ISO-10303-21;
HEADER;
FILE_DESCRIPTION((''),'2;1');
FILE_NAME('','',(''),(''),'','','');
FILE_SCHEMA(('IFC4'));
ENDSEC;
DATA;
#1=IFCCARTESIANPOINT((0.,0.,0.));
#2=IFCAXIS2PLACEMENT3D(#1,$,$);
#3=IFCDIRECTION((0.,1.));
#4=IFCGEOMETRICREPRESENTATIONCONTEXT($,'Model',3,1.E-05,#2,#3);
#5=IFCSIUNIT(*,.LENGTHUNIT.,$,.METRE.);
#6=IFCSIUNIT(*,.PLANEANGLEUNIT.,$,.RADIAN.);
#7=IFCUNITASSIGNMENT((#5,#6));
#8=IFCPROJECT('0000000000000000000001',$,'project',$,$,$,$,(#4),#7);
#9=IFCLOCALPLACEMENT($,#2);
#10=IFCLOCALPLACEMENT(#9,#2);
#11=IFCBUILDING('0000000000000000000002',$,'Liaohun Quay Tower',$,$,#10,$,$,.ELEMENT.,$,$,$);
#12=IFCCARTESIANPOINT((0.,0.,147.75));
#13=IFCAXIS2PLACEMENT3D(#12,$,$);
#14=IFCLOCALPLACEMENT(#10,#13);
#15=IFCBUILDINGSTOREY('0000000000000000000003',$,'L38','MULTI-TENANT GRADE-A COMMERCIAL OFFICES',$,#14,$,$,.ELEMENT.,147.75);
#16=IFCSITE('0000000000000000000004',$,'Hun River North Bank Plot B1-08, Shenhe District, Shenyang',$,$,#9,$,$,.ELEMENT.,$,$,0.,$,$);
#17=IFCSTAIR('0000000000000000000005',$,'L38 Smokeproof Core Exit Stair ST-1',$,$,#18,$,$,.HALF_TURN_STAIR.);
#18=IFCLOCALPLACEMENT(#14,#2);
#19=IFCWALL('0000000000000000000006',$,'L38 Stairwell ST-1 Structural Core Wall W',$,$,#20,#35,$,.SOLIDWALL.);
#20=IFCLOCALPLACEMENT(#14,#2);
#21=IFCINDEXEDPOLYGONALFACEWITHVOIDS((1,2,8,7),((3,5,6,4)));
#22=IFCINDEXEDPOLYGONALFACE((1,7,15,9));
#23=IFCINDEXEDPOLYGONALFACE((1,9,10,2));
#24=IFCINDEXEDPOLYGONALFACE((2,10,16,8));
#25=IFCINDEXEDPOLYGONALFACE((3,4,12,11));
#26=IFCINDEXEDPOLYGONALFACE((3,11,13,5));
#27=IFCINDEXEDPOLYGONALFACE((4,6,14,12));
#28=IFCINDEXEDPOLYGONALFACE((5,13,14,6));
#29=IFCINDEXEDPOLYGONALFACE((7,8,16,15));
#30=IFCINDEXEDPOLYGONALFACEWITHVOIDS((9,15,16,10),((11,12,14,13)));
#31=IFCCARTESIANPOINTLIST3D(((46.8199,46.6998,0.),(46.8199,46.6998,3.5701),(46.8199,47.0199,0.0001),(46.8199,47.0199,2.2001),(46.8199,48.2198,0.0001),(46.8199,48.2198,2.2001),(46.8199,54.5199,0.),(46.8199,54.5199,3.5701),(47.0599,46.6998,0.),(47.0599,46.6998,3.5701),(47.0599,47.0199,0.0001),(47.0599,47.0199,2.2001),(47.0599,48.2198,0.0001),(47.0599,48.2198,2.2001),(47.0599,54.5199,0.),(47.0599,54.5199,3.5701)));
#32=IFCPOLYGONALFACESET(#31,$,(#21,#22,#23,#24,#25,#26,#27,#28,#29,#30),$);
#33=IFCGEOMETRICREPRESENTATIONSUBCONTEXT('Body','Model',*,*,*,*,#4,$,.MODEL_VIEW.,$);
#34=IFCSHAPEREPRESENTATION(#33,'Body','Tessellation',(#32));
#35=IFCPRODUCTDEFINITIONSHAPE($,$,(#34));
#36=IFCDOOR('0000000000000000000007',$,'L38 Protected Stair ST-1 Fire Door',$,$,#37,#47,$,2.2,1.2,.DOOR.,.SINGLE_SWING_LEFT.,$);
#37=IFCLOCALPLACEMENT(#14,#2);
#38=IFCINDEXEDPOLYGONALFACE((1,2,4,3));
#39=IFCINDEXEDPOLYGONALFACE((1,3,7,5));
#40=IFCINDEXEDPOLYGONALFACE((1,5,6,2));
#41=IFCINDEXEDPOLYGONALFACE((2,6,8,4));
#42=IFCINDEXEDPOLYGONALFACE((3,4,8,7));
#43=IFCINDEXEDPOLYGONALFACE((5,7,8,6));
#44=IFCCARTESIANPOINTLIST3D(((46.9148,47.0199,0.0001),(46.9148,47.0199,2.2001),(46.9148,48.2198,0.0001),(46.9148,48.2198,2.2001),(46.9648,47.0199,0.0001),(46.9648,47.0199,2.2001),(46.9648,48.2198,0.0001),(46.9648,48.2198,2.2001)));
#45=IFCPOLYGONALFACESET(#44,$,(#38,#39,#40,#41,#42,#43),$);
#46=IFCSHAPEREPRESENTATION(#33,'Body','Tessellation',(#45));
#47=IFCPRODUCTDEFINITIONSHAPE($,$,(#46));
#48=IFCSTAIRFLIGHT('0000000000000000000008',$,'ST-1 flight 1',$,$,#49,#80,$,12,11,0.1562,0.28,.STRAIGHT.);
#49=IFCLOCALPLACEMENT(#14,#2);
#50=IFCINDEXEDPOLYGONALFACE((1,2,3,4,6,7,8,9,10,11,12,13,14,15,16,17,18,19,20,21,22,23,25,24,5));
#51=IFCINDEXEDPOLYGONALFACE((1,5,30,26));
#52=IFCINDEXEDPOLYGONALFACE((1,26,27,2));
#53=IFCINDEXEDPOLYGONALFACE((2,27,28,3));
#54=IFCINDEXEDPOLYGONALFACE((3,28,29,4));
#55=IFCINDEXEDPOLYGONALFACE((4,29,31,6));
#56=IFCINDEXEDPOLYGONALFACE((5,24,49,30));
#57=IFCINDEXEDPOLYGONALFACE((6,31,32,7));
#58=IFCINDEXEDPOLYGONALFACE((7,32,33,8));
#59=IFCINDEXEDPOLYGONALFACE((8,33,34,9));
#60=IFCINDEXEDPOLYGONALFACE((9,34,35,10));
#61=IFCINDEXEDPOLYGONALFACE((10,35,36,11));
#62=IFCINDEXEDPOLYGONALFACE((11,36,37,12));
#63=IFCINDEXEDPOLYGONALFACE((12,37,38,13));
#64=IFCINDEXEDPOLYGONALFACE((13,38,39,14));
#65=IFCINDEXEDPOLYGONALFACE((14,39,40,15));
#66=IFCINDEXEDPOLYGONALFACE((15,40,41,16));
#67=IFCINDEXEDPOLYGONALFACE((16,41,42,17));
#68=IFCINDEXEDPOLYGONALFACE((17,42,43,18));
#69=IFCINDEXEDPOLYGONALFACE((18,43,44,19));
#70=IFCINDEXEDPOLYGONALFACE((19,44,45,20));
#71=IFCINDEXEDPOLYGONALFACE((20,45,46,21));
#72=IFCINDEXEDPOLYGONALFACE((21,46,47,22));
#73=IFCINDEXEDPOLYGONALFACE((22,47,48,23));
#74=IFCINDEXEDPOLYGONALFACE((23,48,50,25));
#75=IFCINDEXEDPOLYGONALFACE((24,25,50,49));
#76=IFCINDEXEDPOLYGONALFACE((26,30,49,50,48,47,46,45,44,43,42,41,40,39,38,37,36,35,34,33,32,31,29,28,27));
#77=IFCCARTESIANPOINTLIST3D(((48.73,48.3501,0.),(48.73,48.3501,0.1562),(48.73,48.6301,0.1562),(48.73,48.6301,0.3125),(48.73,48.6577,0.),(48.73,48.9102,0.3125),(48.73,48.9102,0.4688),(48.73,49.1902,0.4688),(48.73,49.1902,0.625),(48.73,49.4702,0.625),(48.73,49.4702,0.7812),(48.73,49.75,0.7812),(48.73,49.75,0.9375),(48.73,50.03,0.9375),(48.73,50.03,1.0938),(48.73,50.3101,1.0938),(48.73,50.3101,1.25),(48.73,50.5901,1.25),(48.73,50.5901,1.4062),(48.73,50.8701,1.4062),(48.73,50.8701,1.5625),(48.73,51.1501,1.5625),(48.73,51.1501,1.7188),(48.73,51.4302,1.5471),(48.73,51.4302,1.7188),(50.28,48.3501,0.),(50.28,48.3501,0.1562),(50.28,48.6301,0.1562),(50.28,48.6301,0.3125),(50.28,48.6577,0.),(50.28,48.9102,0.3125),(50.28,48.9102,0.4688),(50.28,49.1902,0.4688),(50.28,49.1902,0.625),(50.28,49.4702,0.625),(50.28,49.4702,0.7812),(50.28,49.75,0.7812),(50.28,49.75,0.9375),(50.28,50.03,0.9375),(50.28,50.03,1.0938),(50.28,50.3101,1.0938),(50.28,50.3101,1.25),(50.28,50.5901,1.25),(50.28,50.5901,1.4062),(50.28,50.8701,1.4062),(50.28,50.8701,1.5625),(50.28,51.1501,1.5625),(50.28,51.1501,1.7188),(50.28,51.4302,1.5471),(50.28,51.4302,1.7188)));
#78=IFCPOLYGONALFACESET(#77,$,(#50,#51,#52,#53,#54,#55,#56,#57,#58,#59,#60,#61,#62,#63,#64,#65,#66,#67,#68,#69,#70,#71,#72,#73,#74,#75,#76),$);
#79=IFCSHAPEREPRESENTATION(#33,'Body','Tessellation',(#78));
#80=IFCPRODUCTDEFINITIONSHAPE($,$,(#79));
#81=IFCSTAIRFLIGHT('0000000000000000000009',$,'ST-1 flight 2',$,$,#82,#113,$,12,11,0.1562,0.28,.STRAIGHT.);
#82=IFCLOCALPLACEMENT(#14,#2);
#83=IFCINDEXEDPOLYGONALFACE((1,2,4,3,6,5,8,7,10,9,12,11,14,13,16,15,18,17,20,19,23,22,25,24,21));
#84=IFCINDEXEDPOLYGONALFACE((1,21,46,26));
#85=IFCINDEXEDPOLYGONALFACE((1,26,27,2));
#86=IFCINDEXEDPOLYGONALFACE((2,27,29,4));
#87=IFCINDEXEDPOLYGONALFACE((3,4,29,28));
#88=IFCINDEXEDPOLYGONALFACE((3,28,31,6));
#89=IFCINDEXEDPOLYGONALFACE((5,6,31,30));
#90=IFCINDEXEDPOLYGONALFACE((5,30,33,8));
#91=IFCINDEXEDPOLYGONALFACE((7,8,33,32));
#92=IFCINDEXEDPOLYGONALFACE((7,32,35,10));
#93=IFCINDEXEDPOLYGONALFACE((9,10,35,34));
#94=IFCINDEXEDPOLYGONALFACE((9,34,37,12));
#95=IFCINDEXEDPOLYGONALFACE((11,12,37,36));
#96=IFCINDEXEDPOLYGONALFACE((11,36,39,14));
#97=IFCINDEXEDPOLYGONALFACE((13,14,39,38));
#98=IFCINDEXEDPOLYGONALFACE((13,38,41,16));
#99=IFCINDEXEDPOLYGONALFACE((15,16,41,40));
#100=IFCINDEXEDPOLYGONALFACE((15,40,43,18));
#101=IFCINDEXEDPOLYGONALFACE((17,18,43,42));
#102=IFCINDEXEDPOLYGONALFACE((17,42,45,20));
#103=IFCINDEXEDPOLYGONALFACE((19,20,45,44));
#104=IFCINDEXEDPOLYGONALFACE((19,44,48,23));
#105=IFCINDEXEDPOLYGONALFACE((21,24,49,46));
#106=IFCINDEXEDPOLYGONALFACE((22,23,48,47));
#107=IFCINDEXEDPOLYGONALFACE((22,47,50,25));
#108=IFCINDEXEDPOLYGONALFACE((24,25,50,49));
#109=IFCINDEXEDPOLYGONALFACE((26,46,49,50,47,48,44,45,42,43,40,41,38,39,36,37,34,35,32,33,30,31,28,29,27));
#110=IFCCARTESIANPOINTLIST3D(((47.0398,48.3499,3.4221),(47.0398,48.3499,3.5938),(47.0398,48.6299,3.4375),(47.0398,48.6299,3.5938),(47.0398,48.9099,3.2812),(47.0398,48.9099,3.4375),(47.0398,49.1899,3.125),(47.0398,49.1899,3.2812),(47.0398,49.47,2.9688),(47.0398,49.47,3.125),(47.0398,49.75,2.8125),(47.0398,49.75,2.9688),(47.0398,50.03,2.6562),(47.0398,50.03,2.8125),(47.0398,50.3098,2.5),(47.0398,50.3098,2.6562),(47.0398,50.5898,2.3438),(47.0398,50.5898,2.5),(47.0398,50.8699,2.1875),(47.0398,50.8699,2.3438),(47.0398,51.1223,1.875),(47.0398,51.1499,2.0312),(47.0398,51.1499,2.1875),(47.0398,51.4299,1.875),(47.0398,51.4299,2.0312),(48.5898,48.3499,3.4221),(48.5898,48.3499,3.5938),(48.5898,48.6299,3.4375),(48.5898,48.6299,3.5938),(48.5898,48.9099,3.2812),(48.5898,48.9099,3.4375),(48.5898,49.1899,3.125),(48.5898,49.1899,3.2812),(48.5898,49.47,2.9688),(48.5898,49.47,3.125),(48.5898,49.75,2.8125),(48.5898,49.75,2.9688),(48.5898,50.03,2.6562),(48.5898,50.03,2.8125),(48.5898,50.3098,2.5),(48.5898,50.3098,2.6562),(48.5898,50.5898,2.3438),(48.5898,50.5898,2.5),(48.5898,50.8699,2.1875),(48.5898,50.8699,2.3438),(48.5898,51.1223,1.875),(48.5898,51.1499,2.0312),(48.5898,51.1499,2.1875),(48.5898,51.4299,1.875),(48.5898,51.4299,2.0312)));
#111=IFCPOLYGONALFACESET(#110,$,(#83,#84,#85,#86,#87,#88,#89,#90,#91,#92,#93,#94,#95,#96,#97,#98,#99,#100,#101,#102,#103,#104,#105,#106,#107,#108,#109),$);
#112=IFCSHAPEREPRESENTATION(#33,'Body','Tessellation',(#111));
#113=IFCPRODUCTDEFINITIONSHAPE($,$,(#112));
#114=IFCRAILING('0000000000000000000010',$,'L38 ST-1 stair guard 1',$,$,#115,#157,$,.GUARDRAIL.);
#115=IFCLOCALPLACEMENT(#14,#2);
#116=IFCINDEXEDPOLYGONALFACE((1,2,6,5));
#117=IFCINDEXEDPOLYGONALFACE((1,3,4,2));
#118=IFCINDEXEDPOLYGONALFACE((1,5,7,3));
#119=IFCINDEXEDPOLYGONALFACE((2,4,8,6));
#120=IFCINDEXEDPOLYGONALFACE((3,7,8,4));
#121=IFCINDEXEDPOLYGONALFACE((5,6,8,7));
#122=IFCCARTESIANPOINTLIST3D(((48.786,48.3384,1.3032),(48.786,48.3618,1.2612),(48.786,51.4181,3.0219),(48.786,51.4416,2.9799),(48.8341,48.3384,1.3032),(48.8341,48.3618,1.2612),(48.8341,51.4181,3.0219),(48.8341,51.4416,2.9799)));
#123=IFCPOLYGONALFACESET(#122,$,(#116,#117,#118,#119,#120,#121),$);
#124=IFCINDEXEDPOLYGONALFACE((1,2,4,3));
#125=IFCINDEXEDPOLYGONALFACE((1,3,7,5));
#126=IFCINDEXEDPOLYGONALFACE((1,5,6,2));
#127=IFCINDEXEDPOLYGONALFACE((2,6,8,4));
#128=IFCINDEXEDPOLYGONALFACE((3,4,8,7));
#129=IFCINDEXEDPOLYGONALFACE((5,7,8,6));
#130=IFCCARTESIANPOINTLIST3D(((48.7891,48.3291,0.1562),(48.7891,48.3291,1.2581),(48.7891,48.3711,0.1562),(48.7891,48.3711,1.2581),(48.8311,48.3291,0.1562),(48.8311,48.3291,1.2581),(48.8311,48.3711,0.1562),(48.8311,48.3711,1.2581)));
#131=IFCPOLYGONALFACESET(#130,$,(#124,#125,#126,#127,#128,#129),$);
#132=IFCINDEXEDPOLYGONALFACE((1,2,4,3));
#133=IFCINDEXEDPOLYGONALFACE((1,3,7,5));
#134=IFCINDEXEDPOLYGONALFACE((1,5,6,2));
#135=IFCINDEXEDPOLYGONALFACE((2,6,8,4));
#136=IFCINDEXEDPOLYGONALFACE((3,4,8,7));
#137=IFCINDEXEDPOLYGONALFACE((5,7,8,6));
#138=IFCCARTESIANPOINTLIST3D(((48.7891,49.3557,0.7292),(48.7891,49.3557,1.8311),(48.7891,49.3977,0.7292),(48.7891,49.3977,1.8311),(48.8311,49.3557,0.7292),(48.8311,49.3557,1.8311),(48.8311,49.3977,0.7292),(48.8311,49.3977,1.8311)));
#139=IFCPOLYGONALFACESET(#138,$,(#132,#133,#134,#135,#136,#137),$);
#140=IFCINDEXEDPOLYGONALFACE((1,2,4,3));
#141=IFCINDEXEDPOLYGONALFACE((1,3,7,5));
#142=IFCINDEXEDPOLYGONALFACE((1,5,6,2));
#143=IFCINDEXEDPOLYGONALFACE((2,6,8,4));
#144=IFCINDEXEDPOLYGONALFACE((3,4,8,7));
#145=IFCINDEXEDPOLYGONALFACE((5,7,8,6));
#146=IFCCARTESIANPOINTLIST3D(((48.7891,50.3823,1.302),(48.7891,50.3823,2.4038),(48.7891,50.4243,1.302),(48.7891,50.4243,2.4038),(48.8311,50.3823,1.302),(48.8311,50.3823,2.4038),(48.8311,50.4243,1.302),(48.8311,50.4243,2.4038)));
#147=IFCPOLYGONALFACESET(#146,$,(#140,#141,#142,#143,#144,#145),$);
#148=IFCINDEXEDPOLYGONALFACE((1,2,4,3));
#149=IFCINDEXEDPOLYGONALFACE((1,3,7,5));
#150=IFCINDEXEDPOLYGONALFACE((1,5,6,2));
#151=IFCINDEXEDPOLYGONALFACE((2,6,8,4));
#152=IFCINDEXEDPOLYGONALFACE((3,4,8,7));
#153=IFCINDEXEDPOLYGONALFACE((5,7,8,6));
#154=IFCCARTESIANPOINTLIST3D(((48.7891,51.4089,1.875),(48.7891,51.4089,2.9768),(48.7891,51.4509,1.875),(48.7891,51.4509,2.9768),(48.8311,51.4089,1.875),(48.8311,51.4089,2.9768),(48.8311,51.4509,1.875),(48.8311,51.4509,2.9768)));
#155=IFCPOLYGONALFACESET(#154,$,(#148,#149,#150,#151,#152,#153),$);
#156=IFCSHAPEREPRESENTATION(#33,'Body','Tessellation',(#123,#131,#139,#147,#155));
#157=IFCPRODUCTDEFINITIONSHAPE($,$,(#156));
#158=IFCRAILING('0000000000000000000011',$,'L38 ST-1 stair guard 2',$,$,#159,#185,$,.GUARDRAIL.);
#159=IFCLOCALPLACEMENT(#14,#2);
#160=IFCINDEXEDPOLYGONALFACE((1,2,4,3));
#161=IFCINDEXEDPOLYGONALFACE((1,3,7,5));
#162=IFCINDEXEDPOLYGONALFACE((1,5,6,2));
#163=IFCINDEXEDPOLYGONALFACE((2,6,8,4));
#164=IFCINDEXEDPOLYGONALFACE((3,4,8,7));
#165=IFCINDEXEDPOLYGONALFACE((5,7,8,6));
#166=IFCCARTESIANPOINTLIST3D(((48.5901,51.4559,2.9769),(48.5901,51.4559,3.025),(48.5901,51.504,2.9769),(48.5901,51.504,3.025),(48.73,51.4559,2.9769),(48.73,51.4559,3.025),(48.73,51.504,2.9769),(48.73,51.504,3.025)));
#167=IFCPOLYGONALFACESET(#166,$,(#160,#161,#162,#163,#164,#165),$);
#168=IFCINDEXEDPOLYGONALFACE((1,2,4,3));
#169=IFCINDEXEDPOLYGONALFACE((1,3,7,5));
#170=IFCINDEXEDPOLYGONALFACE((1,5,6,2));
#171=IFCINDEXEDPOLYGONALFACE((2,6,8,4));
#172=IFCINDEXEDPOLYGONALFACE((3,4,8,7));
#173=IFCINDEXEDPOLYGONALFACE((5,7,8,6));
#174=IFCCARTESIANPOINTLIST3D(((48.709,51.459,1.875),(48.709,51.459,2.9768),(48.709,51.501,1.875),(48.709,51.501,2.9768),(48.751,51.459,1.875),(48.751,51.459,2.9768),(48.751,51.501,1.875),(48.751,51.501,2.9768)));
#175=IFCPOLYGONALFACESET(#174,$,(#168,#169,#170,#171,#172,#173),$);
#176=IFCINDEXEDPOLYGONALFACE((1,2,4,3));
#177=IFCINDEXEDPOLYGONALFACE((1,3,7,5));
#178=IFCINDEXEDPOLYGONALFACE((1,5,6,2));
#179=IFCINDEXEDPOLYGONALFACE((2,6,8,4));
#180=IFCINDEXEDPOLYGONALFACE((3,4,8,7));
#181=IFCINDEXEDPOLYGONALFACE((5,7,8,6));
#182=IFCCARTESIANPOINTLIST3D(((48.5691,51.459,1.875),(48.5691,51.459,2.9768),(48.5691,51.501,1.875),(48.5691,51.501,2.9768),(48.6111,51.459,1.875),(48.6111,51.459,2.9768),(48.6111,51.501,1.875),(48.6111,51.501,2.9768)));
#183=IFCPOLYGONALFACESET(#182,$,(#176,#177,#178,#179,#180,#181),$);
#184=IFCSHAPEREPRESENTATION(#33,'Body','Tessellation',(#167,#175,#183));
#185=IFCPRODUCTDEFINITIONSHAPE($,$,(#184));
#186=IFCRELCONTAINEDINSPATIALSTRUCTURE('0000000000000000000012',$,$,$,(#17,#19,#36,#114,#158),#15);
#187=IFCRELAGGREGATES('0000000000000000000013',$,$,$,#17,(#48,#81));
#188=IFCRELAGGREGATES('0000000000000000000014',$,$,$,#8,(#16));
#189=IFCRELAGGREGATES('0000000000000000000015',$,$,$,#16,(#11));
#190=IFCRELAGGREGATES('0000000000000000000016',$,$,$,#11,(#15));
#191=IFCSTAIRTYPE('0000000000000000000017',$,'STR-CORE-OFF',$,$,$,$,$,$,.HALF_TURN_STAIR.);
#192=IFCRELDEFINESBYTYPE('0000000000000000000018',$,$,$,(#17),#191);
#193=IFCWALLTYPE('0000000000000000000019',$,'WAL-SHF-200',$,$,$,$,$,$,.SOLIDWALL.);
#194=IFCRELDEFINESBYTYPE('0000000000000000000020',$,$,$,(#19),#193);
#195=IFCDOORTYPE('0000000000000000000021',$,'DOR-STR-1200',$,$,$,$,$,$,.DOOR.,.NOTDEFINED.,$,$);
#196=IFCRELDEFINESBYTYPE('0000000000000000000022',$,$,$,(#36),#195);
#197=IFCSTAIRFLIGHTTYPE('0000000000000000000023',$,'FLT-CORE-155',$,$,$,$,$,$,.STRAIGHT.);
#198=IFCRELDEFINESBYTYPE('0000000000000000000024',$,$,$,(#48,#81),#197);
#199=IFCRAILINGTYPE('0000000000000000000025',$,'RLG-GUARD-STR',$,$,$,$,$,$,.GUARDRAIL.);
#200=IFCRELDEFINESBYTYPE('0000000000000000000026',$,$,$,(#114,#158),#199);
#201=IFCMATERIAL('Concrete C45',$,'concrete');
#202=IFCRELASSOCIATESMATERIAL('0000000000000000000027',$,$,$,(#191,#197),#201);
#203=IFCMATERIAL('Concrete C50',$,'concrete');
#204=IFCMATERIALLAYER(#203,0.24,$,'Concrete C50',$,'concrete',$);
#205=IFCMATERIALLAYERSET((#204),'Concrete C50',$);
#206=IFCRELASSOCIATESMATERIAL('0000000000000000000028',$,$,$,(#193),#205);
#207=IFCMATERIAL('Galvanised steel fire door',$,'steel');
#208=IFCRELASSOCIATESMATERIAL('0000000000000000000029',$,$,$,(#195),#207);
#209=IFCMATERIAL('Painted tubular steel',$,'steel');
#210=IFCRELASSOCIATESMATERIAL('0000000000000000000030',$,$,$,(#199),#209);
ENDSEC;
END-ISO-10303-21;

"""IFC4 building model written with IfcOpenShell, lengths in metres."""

from ifc_helpers import new_model, si_unit, direction, frame, frame_2d, origin, origin_2d, place, context, subcontext, project, spatial, polyline, rectangle, outline, extrude, source, transform, mapped, material, layer, layer_set, type_object, element, fill, aggregate, save


model = new_model("IFC4")

# Units and contexts
model_context = context("Model", 3, precision=1e-05, world=origin(), true_north=direction((0.0, 1.0)))
body_context = subcontext(model_context, "Body", "Model", "MODEL_VIEW")
ifc_project = project(units=[si_unit("LENGTHUNIT", "METRE"), si_unit("PLANEANGLEUNIT", "RADIAN")], contexts=[model_context])

# Site, building, storey
site_placement = place(None, origin())
site = spatial("IfcSite", under=ifc_project, at=site_placement, Name="Hun River North Bank Plot B1-08, Shenhe District, Shenyang", CompositionType="ELEMENT", RefElevation=0.0)
building_placement = place(site_placement, origin())
building = spatial("IfcBuilding", under=site, at=building_placement, Name="Liaohun Quay Tower", CompositionType="ELEMENT")
storey_placement = place(building_placement, frame((0.0, 0.0, 147.75)))
storey = spatial("IfcBuildingStorey", under=building, at=storey_placement, Name="L38", Description="MULTI-TENANT GRADE-A COMMERCIAL OFFICES", CompositionType="ELEMENT", Elevation=147.75)

# Stair
ifc_material_1 = material(Name="Concrete C45", Category="concrete")
stair_type = type_object("IfcStairType", Name="STR-CORE-OFF", PredefinedType="HALF_TURN_STAIR", material=ifc_material_1)
stair_1_placement = place(storey_placement, origin())
stair_1 = element("IfcStair", 1, at=stair_1_placement, inside=storey, type_object=stair_type, Name="L38 Smokeproof Core Exit Stair ST-1", PredefinedType="HALF_TURN_STAIR")

# Shared definitions
ifc_material_2 = material(Name="Concrete C50", Category="concrete")
ifc_layer_1 = layer(ifc_material_2, 0.24, Name="Concrete C50", Category="concrete")
ifc_layer_set_1 = layer_set([ifc_layer_1], Name="Concrete C50")
wall_type_1 = type_object("IfcWallType", Name="WAL-SHF-200", PredefinedType="SOLIDWALL", material=ifc_layer_set_1)

# Wall, opening, door
wall_1_placement = place(storey_placement, frame((46.9399, 54.52, 0.0), z_axis=(0.0, 0.0, 1.0), x_axis=(0.0, -1.0, 0.0)))
wall_1 = element("IfcWall", 2, at=wall_1_placement, inside=storey, type_object=wall_type_1, Name="L38 Stairwell ST-1 Structural Core Wall W", PredefinedType="SOLIDWALL", context=body_context, shape_type="SweptSolid", body=[
    extrude(rectangle(XDim=7.8201, YDim=0.24, at=frame_2d((3.9102, 0.0))), origin(), (0.0, 0.0, 1.0), 3.5701),
])
shared_shape_1 = source(origin(), body_context, "Body", "SweptSolid", [
    extrude(rectangle(XDim=1.2, YDim=2.2, at=frame_2d((0.6001, 1.1001))), frame((0.0, 0.1299, 0.0), z_axis=(0.0, -1.0, 0.0), x_axis=(1.0, 0.0, 0.0)), (0.0, 0.0, 1.0), 0.26),
])
opening_1_placement = place(wall_1_placement, frame((6.3, 0.0, 0.0)))
opening_1 = element("IfcOpeningElement", 3, at=opening_1_placement, cuts=wall_1, PredefinedType="OPENING", context=body_context, shape_type="MappedRepresentation", body=[
    mapped(shared_shape_1, transform((0.0, 0.0, 0.0), x_axis=(1.0, 0.0, 0.0), y_axis=(0.0, 1.0, 0.0), z_axis=(0.0, 0.0, 1.0), scale=1.0)),
])
ifc_material_3 = material(Name="Galvanised steel fire door", Category="steel")
door_type_1 = type_object("IfcDoorType", Name="DOR-STR-1200", OperationType="NOTDEFINED", PredefinedType="DOOR", material=ifc_material_3)
shared_shape_2 = source(origin(), body_context, "Body", "SweptSolid", [
    extrude(rectangle(XDim=1.2, YDim=2.2, at=frame_2d((0.6001, 1.1001))), frame((0.0, 0.0249, 0.0), z_axis=(0.0, -1.0, 0.0), x_axis=(1.0, 0.0, 0.0)), (0.0, 0.0, 1.0), 0.05),
])
door_1_placement = place(opening_1_placement, origin())
door_1 = element("IfcDoor", 4, at=door_1_placement, inside=storey, type_object=door_type_1, Name="L38 Protected Stair ST-1 Fire Door", OperationType="SINGLE_SWING_LEFT", OverallHeight=2.2, OverallWidth=1.2, PredefinedType="DOOR", context=body_context, shape_type="MappedRepresentation", body=[
    mapped(shared_shape_2, transform((0.0, 0.0, 0.0), x_axis=(1.0, 0.0, 0.0), y_axis=(0.0, 1.0, 0.0), z_axis=(0.0, 0.0, 1.0), scale=1.0)),
])
fill(opening_1, door_1)

# Stair flights
stair_flight_type = type_object("IfcStairFlightType", Name="FLT-CORE-155", PredefinedType="STRAIGHT", material=ifc_material_1)
stair_flight_1_placement = place(storey_placement, frame((49.5049, 48.3501, 0.0), z_axis=(0.0, 0.0, 1.0), x_axis=(0.0, 1.0, 0.0)))
stair_flight_1 = element("IfcStairFlight", 5, at=stair_flight_1_placement, type_object=stair_flight_type, Name="ST-1 flight 1", NumberOfRisers=12, NumberOfTreads=11, PredefinedType="STRAIGHT", RiserHeight=0.1562, TreadLength=0.28, context=body_context, shape_type="SweptSolid", body=[
    extrude(outline(polyline([(0.0, 0.0), (0.0, 0.1562), (0.28, 0.1562), (0.28, 0.3125), (0.5601, 0.3125), (0.5601, 0.4688), (0.8401, 0.4688), (0.8401, 0.625), (1.1201, 0.625), (1.1201, 0.7812), (1.3999, 0.7812), (1.3999, 0.9375), (1.6799, 0.9375), (1.6799, 1.0938), (1.96, 1.0938), (1.96, 1.25), (2.24, 1.25), (2.24, 1.4062), (2.52, 1.4062), (2.52, 1.5625), (2.8, 1.5625), (2.8, 1.7188), (3.0801, 1.7188), (3.0801, 1.875), (3.0801, 1.5471), (0.3076, 0.0), (0.0, 0.0)])), frame((0.0, 0.7749, 0.0), z_axis=(0.0, -1.0, 0.0), x_axis=(1.0, 0.0, 0.0)), (0.0, 0.0, 1.0), 1.55),
])
stair_flight_2_placement = place(storey_placement, frame((47.8149, 51.4299, 1.875), z_axis=(0.0, 0.0, 1.0), x_axis=(0.0, -1.0, 0.0)))
stair_flight_2 = element("IfcStairFlight", 6, at=stair_flight_2_placement, type_object=stair_flight_type, Name="ST-1 flight 2", NumberOfRisers=12, NumberOfTreads=11, PredefinedType="STRAIGHT", RiserHeight=0.1562, TreadLength=0.28, context=body_context, shape_type="SweptSolid", body=[
    extrude(outline(polyline([(0.0, 0.0), (0.0, 0.1562), (0.28, 0.1562), (0.28, 0.3125), (0.5601, 0.3125), (0.5601, 0.4688), (0.8401, 0.4688), (0.8401, 0.625), (1.1201, 0.625), (1.1201, 0.7812), (1.3999, 0.7812), (1.3999, 0.9375), (1.6799, 0.9375), (1.6799, 1.0938), (1.96, 1.0938), (1.96, 1.25), (2.24, 1.25), (2.24, 1.4062), (2.52, 1.4062), (2.52, 1.5625), (2.8, 1.5625), (2.8, 1.7188), (3.0801, 1.7188), (3.0801, 1.875), (3.0801, 1.5471), (0.3076, 0.0), (0.0, 0.0)])), frame((0.0, 0.7749, 0.0), z_axis=(0.0, -1.0, 0.0), x_axis=(1.0, 0.0, 0.0)), (0.0, 0.0, 1.0), 1.55),
])
aggregate(stair_1, [stair_flight_1, stair_flight_2])

# Railings
ifc_material_4 = material(Name="Painted tubular steel", Category="steel")
railing_type_1 = type_object("IfcRailingType", Name="RLG-GUARD-STR", PredefinedType="GUARDRAIL", material=ifc_material_4)
railing_1_placement = place(storey_placement, frame((48.8101, 48.3501, 0.1562)))
element("IfcRailing", 7, at=railing_1_placement, inside=storey, type_object=railing_type_1, Name="L38 ST-1 stair guard 1", PredefinedType="GUARDRAIL", context=body_context, shape_type="SweptSolid", body=[
    extrude(rectangle(XDim=0.0481, YDim=0.0481, at=origin_2d()), frame((0.0, 0.0, 1.126), z_axis=(0.0, 0.873225, 0.487317), x_axis=(-1.0, 0.0, 0.0)), (0.0, 0.0, 1.0), 3.5269),
    extrude(rectangle(XDim=0.042, YDim=0.042, at=origin_2d()), origin(), (0.0, 0.0, 1.0), 1.1018),
    extrude(rectangle(XDim=0.042, YDim=0.042, at=origin_2d()), frame((0.0, 1.0266, 0.573)), (0.0, 0.0, 1.0), 1.1018),
    extrude(rectangle(XDim=0.042, YDim=0.042, at=origin_2d()), frame((0.0, 2.0532, 1.1458)), (0.0, 0.0, 1.0), 1.1018),
    extrude(rectangle(XDim=0.042, YDim=0.042, at=origin_2d()), frame((0.0, 3.0798, 1.7188)), (0.0, 0.0, 1.0), 1.1018),
])
railing_2_placement = place(storey_placement, frame((48.73, 51.48, 1.875)))
element("IfcRailing", 8, at=railing_2_placement, inside=storey, type_object=railing_type_1, Name="L38 ST-1 stair guard 2", PredefinedType="GUARDRAIL", context=body_context, shape_type="SweptSolid", body=[
    extrude(rectangle(XDim=0.0481, YDim=0.0481, at=origin_2d()), frame((0.0, 0.0, 1.126), z_axis=(-1.0, 0.0, 0.0), x_axis=(0.0, -1.0, 0.0)), (0.0, 0.0, 1.0), 0.1399),
    extrude(rectangle(XDim=0.042, YDim=0.042, at=origin_2d()), origin(), (0.0, 0.0, 1.0), 1.1018),
    extrude(rectangle(XDim=0.042, YDim=0.042, at=origin_2d()), frame((-0.1399, 0.0, 0.0)), (0.0, 0.0, 1.0), 1.1018),
])

save(model, "model.ifc")
